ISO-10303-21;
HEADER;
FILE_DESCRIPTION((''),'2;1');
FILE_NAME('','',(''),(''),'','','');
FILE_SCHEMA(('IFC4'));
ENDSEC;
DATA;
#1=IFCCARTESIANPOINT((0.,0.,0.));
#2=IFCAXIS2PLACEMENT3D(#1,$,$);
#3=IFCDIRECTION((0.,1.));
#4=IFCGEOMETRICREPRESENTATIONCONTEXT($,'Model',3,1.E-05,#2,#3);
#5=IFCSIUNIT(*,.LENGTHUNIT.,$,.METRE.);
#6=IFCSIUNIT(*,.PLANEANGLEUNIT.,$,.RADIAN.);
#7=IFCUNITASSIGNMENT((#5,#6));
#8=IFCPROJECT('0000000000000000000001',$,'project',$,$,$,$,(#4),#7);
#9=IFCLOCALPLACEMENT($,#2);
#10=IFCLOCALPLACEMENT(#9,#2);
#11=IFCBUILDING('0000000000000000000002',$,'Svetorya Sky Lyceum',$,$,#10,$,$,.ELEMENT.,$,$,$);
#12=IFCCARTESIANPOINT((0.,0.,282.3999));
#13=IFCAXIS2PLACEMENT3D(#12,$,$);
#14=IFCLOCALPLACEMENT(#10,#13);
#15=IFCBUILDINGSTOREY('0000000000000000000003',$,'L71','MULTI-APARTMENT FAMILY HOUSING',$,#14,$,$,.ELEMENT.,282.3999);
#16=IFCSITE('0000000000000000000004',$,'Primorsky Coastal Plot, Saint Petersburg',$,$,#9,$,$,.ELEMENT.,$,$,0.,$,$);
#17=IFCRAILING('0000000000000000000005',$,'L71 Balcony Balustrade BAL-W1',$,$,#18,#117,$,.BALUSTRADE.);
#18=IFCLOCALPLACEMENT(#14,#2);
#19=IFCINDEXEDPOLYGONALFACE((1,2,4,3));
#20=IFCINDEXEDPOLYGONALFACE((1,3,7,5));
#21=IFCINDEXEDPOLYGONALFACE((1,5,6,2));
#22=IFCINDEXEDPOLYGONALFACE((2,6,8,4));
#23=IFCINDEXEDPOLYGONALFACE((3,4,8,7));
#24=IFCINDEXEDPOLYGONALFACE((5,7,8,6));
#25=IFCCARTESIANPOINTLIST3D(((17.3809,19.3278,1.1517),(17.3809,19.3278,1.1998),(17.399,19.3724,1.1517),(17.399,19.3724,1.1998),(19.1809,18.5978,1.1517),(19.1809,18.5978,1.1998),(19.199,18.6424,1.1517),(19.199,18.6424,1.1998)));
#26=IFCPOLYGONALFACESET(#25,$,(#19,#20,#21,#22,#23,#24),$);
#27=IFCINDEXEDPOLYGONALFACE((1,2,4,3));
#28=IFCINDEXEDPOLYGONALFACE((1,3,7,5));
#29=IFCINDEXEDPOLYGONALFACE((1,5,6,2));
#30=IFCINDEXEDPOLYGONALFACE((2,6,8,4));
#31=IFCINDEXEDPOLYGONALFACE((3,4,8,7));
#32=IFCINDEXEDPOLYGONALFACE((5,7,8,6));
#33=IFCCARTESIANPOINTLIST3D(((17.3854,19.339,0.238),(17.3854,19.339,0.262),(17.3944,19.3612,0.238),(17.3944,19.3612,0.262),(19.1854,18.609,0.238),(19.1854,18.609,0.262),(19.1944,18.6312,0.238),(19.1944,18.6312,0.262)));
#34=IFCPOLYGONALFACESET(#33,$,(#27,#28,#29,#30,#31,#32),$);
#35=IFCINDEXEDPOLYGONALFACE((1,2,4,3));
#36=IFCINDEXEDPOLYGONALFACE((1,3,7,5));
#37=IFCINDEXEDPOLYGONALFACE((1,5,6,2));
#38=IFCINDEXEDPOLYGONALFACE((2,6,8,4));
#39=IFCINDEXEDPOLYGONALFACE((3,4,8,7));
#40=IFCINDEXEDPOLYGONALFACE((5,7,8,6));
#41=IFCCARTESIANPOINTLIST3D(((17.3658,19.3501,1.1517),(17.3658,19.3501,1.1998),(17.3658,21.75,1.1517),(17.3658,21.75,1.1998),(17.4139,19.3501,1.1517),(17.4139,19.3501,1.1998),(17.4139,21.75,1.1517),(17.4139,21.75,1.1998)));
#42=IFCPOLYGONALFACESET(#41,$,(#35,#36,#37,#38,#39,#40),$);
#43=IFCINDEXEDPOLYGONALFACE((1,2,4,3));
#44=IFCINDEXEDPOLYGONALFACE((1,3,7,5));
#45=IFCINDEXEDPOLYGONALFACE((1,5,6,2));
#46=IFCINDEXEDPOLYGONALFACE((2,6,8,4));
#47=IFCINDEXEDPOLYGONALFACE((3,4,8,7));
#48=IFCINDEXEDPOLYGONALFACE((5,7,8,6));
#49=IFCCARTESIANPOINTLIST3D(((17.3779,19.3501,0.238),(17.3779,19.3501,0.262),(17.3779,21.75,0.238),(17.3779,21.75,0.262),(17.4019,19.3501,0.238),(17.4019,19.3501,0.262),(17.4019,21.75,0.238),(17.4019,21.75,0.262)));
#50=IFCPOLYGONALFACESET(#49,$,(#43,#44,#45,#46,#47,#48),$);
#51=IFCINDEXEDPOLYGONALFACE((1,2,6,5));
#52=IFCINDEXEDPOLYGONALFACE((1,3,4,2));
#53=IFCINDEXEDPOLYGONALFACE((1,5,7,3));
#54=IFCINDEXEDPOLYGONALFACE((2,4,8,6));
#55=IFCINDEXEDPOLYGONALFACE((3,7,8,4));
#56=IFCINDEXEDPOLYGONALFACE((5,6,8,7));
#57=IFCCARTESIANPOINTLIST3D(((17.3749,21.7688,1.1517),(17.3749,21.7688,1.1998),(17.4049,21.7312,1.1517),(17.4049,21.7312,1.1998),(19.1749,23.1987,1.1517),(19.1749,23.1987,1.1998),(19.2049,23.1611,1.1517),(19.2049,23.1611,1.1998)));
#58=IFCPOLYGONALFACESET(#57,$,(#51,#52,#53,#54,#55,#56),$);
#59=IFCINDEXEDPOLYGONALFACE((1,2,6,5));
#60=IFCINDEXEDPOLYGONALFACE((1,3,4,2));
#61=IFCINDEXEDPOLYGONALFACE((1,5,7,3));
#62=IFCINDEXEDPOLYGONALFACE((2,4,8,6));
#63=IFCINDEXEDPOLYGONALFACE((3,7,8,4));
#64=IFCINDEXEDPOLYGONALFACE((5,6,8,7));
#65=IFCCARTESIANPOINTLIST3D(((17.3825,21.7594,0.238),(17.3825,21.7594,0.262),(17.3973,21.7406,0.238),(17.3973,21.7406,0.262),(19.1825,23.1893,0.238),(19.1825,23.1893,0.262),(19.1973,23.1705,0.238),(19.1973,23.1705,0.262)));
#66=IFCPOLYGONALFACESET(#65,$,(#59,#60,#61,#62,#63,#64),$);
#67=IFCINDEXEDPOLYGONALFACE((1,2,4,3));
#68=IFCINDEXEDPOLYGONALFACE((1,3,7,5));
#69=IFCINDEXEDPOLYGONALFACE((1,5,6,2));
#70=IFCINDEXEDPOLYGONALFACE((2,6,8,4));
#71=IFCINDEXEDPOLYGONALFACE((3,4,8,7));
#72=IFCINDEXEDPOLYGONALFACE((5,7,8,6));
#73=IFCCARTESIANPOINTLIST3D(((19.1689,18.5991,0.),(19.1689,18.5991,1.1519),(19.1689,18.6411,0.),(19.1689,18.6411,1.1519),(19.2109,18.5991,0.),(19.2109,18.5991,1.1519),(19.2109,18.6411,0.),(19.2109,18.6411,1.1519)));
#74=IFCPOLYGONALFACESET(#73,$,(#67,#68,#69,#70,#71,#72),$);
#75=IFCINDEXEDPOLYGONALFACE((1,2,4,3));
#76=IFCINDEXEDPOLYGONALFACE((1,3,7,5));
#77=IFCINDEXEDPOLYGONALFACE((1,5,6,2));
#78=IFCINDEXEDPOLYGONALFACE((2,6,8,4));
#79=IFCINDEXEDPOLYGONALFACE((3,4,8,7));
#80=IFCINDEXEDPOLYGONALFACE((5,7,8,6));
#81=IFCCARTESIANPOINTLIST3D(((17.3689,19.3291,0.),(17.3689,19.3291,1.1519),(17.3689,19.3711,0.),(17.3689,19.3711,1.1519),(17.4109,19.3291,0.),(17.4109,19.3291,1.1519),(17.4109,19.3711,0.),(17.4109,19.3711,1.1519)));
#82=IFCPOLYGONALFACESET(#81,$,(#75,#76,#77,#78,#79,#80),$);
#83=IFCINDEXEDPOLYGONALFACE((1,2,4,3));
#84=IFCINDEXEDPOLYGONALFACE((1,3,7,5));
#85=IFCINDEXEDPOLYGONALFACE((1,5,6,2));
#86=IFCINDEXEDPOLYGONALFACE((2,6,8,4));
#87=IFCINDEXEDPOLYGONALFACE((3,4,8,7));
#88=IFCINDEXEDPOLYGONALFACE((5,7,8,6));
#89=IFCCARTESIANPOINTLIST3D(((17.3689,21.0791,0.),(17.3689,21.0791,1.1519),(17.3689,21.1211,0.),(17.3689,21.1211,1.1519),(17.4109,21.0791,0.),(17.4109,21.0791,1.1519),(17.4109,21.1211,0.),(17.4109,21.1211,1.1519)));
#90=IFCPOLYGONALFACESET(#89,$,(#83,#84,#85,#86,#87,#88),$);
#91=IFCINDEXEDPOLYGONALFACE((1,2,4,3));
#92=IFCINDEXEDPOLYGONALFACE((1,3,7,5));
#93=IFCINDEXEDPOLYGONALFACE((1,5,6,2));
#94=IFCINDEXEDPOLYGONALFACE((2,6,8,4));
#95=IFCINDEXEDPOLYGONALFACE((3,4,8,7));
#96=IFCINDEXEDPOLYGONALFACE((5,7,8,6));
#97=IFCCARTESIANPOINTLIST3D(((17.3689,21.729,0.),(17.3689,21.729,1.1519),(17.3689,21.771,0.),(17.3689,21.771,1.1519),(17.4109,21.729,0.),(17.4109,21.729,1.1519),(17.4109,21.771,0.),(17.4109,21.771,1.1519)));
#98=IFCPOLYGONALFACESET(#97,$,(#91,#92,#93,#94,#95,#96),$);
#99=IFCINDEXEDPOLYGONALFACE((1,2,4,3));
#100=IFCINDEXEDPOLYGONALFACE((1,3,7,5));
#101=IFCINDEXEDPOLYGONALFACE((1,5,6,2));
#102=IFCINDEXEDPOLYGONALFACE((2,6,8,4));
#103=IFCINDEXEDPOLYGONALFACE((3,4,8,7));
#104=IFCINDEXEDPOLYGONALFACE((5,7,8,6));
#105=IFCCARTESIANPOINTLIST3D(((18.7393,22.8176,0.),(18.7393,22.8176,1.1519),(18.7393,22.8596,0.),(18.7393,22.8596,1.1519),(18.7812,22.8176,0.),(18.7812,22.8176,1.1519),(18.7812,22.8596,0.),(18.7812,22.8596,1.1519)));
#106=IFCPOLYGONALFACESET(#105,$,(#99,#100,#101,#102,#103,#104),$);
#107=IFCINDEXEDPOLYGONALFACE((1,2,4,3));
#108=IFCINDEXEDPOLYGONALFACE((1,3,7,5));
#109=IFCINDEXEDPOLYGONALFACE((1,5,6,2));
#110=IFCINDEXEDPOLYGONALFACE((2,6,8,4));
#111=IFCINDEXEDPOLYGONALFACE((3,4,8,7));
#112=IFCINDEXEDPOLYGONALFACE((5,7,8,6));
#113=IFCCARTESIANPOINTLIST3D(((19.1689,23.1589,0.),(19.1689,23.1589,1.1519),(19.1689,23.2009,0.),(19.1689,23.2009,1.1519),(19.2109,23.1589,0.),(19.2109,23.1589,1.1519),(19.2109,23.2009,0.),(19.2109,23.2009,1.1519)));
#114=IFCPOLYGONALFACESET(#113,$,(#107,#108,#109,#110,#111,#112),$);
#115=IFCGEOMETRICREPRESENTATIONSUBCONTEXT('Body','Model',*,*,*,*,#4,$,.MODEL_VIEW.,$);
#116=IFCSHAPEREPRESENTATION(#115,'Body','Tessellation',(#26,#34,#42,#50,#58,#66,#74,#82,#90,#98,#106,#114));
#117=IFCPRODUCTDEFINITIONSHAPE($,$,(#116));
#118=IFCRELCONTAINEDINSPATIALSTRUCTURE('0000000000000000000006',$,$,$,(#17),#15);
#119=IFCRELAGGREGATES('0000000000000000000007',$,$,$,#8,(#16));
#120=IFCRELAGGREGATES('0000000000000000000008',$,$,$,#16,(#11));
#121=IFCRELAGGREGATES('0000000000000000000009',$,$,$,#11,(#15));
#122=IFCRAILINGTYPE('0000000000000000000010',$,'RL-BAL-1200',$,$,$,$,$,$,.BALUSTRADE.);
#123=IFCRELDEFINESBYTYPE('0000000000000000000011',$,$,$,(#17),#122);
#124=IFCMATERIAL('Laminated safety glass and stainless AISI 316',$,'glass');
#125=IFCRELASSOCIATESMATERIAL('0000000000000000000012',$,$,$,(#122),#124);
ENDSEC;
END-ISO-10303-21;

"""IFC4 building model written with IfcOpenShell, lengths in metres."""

from ifc_helpers import new_model, si_unit, direction, frame, origin, origin_2d, place, context, subcontext, project, spatial, rectangle, extrude, material, type_object, element, save


model = new_model("IFC4")

# Units and contexts
model_context = context("Model", 3, precision=1e-05, world=origin(), true_north=direction((0.0, 1.0)))
body_context = subcontext(model_context, "Body", "Model", "MODEL_VIEW")
ifc_project = project(units=[si_unit("LENGTHUNIT", "METRE"), si_unit("PLANEANGLEUNIT", "RADIAN")], contexts=[model_context])

# Site, building, storey
site_placement = place(None, origin())
site = spatial("IfcSite", under=ifc_project, at=site_placement, Name="Primorsky Coastal Plot, Saint Petersburg", CompositionType="ELEMENT", RefElevation=0.0)
building_placement = place(site_placement, origin())
building = spatial("IfcBuilding", under=site, at=building_placement, Name="Svetorya Sky Lyceum", CompositionType="ELEMENT")
storey_placement = place(building_placement, frame((0.0, 0.0, 282.3999)))
storey = spatial("IfcBuildingStorey", under=building, at=storey_placement, Name="L71", Description="MULTI-APARTMENT FAMILY HOUSING", CompositionType="ELEMENT", Elevation=282.3999)

# Railing
ifc_material_1 = material(Name="Laminated safety glass and stainless AISI 316", Category="glass")
railing_type = type_object("IfcRailingType", Name="RL-BAL-1200", PredefinedType="BALUSTRADE", material=ifc_material_1)
railing_placement = place(storey_placement, frame((19.1899, 18.6201, 0.0)))
element("IfcRailing", 1, at=railing_placement, inside=storey, type_object=railing_type, Name="L71 Balcony Balustrade BAL-W1", PredefinedType="BALUSTRADE", context=body_context, shape_type="SweptSolid", body=[
    extrude(rectangle(XDim=0.0481, YDim=0.0481, at=origin_2d()), frame((0.0, 0.0, 1.1758), z_axis=(-0.926698, 0.375807, 0.0), x_axis=(-0.375807, -0.926698, 0.0)), (0.0, 0.0, 1.0), 1.9424),
    extrude(rectangle(XDim=0.0239, YDim=0.0239, at=origin_2d()), frame((0.0, 0.0, 0.25), z_axis=(-0.926698, 0.375807, 0.0), x_axis=(-0.375807, -0.926698, 0.0)), (0.0, 0.0, 1.0), 1.9424),
    extrude(rectangle(XDim=0.0481, YDim=0.0481, at=origin_2d()), frame((-1.8, 0.73, 1.1758), z_axis=(0.0, 1.0, 0.0), x_axis=(-1.0, 0.0, 0.0)), (0.0, 0.0, 1.0), 2.3999),
    extrude(rectangle(XDim=0.0239, YDim=0.0239, at=origin_2d()), frame((-1.8, 0.73, 0.25), z_axis=(0.0, 1.0, 0.0), x_axis=(-1.0, 0.0, 0.0)), (0.0, 0.0, 1.0), 2.3999),
    extrude(rectangle(XDim=0.0481, YDim=0.0481, at=origin_2d()), frame((-1.8, 3.1299, 1.1758), z_axis=(0.783009, 0.62201, 0.0), x_axis=(-0.62201, 0.783009, 0.0)), (0.0, 0.0, 1.0), 2.2988),
    extrude(rectangle(XDim=0.0239, YDim=0.0239, at=origin_2d()), frame((-1.8, 3.1299, 0.25), z_axis=(0.783009, 0.62201, 0.0), x_axis=(-0.62201, 0.783009, 0.0)), (0.0, 0.0, 1.0), 2.2988),
    extrude(rectangle(XDim=0.042, YDim=0.042, at=origin_2d()), origin(), (0.0, 0.0, 1.0), 1.1519),
    extrude(rectangle(XDim=0.042, YDim=0.042, at=origin_2d()), frame((-1.8, 0.73, 0.0)), (0.0, 0.0, 1.0), 1.1519),
    extrude(rectangle(XDim=0.042, YDim=0.042, at=origin_2d()), frame((-1.8, 2.48, 0.0)), (0.0, 0.0, 1.0), 1.1519),
    extrude(rectangle(XDim=0.042, YDim=0.042, at=origin_2d()), frame((-1.8, 3.1299, 0.0)), (0.0, 0.0, 1.0), 1.1519),
    extrude(rectangle(XDim=0.042, YDim=0.042, at=origin_2d()), frame((-0.4297, 4.2185, 0.0)), (0.0, 0.0, 1.0), 1.1519),
    extrude(rectangle(XDim=0.042, YDim=0.042, at=origin_2d()), frame((0.0, 4.5598, 0.0)), (0.0, 0.0, 1.0), 1.1519),
])

save(model, "model.ifc")
